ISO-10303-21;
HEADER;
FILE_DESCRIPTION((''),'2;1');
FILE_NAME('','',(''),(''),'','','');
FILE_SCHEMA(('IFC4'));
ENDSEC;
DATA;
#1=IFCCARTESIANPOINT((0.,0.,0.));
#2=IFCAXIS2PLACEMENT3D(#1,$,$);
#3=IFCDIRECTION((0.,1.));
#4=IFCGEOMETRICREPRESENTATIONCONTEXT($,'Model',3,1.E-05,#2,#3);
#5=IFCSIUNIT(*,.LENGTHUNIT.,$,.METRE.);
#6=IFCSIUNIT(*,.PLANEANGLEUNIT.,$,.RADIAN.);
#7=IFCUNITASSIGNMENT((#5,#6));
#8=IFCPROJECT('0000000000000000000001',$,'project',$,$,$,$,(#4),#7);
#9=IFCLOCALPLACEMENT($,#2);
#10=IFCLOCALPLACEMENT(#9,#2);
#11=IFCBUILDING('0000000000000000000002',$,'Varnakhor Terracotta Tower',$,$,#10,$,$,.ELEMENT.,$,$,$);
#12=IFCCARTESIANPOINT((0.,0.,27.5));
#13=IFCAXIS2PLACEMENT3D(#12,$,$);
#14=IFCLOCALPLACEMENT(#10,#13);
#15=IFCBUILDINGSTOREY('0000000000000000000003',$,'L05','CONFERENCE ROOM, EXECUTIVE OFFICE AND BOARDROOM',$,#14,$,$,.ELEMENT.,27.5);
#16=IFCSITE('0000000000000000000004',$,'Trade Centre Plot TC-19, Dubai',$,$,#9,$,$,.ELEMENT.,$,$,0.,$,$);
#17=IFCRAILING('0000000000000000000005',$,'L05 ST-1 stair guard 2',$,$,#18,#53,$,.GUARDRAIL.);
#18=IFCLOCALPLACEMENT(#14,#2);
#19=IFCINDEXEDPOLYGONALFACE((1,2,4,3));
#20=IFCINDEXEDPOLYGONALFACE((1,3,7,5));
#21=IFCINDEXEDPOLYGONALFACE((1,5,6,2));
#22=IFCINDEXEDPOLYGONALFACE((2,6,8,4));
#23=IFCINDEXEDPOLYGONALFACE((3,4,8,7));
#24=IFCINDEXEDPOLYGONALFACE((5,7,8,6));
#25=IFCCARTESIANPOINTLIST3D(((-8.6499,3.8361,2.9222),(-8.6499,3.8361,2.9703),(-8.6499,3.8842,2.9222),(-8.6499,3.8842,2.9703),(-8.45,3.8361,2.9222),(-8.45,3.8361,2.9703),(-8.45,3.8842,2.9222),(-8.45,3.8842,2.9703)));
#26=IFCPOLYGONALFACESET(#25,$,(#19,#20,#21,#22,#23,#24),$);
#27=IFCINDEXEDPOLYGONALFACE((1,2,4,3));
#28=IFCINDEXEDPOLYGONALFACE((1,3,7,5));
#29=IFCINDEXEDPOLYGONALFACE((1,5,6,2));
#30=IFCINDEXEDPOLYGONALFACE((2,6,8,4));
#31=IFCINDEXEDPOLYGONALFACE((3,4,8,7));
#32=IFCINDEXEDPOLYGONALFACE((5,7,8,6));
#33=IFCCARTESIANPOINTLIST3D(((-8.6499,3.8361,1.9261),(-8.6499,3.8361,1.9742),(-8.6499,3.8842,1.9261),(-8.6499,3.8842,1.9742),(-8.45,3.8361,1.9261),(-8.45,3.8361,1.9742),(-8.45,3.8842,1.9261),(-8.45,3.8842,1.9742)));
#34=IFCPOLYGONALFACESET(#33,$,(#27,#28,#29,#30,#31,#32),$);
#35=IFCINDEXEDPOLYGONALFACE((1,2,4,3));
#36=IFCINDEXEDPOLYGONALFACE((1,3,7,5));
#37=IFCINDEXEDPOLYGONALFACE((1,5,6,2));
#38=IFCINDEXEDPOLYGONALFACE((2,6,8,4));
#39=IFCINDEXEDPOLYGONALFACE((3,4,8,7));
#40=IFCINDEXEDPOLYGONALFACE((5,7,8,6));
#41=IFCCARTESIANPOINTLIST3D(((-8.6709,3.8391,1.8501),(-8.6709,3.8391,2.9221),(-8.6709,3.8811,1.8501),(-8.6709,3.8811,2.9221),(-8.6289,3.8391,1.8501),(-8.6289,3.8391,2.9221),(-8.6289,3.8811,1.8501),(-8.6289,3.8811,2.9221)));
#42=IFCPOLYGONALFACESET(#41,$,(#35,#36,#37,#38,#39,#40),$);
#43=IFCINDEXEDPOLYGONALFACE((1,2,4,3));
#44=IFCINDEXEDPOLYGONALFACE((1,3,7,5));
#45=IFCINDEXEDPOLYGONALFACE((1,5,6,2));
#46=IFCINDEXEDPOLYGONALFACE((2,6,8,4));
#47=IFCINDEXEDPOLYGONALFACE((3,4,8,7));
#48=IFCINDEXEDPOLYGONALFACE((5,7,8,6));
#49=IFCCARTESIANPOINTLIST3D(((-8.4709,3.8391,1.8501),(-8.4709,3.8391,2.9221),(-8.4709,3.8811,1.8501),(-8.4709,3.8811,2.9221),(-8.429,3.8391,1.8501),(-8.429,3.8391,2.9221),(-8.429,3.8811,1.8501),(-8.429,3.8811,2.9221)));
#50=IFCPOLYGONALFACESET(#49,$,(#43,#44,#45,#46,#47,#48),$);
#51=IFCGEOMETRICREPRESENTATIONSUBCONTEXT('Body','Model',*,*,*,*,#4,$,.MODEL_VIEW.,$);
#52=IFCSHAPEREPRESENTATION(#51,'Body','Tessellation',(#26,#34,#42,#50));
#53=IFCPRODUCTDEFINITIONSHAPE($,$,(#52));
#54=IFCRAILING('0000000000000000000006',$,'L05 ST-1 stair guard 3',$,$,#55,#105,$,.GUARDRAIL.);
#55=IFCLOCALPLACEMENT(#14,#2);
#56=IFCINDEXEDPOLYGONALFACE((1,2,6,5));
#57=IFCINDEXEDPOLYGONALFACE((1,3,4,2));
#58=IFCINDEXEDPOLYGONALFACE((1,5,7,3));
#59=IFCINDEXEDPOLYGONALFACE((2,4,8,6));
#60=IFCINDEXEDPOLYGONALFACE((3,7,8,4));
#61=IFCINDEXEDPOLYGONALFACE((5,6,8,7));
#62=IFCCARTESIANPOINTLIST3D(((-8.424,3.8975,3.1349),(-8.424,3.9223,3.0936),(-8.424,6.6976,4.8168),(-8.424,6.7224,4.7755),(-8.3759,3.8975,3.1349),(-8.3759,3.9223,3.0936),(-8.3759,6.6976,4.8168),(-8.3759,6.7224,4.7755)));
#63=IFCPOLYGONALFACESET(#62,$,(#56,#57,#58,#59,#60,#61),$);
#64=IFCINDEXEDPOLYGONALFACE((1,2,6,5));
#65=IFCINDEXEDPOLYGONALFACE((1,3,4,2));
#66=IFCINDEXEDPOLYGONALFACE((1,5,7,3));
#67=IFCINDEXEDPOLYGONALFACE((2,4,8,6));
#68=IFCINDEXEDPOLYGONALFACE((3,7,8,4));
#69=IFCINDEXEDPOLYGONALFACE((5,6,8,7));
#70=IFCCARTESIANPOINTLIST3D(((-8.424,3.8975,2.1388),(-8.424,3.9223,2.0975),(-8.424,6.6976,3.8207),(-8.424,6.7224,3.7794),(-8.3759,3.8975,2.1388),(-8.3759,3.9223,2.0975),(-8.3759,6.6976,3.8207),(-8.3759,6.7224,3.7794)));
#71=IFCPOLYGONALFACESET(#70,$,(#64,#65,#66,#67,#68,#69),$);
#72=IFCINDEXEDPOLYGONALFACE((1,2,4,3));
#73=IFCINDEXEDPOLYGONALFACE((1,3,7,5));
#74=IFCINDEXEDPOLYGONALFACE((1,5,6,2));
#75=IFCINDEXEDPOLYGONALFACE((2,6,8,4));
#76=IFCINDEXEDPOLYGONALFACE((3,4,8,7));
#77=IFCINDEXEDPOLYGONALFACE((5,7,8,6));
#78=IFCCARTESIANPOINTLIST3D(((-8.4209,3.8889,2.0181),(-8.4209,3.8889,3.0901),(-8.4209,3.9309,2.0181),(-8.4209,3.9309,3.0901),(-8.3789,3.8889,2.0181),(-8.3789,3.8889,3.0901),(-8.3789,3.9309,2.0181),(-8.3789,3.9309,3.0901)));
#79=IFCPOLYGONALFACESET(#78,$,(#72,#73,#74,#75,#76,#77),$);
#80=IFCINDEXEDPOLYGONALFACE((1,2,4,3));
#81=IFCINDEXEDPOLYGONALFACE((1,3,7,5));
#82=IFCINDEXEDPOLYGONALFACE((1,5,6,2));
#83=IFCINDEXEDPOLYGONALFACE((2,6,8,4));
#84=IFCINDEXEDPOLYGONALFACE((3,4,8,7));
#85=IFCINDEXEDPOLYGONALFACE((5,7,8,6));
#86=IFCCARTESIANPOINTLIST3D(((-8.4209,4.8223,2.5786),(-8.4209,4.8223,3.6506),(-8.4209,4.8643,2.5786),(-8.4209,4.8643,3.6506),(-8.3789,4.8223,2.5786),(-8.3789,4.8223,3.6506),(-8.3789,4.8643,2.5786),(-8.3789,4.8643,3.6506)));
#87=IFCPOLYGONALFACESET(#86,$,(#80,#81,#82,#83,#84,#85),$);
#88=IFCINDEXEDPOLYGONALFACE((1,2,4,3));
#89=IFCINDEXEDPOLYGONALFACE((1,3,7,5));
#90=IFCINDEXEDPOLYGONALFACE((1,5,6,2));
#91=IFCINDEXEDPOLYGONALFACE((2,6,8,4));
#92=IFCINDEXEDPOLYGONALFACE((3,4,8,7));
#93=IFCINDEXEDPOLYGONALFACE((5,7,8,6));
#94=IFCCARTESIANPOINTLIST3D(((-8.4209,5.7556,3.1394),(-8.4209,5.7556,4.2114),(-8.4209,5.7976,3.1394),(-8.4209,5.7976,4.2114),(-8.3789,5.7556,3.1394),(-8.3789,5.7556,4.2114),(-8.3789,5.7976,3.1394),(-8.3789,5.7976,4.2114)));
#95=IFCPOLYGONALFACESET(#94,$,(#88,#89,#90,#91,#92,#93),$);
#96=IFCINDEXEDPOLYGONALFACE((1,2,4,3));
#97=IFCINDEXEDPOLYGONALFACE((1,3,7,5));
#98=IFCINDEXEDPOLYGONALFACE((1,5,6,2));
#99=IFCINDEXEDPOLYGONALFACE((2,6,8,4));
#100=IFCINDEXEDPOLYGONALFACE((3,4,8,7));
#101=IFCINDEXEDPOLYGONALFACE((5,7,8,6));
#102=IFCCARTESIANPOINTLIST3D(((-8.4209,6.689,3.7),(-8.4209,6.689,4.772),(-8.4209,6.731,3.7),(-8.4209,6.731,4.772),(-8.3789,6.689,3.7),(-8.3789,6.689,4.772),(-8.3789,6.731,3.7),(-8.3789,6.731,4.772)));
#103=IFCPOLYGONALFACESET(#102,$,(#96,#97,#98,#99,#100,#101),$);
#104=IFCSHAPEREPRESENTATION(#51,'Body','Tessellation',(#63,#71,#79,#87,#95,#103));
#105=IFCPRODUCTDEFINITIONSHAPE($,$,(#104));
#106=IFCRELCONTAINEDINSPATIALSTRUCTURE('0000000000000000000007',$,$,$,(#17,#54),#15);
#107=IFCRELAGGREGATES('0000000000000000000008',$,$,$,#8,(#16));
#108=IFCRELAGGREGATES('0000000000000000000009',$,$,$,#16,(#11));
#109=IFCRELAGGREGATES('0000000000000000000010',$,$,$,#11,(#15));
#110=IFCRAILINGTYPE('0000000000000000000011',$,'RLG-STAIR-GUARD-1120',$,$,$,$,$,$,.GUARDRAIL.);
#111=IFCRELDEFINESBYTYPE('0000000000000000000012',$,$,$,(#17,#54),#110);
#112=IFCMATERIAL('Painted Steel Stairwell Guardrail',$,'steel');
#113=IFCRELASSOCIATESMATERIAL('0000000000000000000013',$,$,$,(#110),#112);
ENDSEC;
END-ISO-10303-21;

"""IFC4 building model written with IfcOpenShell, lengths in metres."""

from ifc_helpers import new_model, si_unit, direction, frame, origin, origin_2d, place, context, subcontext, project, spatial, rectangle, extrude, material, type_object, element, save


model = new_model("IFC4")

# Units and contexts
model_context = context("Model", 3, precision=1e-05, world=origin(), true_north=direction((0.0, 1.0)))
body_context = subcontext(model_context, "Body", "Model", "MODEL_VIEW")
ifc_project = project(units=[si_unit("LENGTHUNIT", "METRE"), si_unit("PLANEANGLEUNIT", "RADIAN")], contexts=[model_context])

# Site, building, storey
site_placement = place(None, origin())
site = spatial("IfcSite", under=ifc_project, at=site_placement, Name="Trade Centre Plot TC-19, Dubai", CompositionType="ELEMENT", RefElevation=0.0)
building_placement = place(site_placement, origin())
building = spatial("IfcBuilding", under=site, at=building_placement, Name="Varnakhor Terracotta Tower", CompositionType="ELEMENT")
storey_placement = place(building_placement, frame((0.0, 0.0, 27.5)))
storey = spatial("IfcBuildingStorey", under=building, at=storey_placement, Name="L05", Description="CONFERENCE ROOM, EXECUTIVE OFFICE AND BOARDROOM", CompositionType="ELEMENT", Elevation=27.5)

# Railings
ifc_material_1 = material(Name="Painted Steel Stairwell Guardrail", Category="steel")
railing_type = type_object("IfcRailingType", Name="RLG-STAIR-GUARD-1120", PredefinedType="GUARDRAIL", material=ifc_material_1)
railing_1_placement = place(storey_placement, frame((-8.6499, 3.8601, 1.8501)))
element("IfcRailing", 1, at=railing_1_placement, inside=storey, type_object=railing_type, Name="L05 ST-1 stair guard 2", PredefinedType="GUARDRAIL", context=body_context, shape_type="SweptSolid", body=[
    extrude(rectangle(XDim=0.0481, YDim=0.0481, at=origin_2d()), frame((0.0, 0.0, 1.0962), z_axis=(1.0, 0.0, 0.0), x_axis=(0.0, 1.0, 0.0)), (0.0, 0.0, 1.0), 0.2),
    extrude(rectangle(XDim=0.0481, YDim=0.0481, at=origin_2d()), frame((0.0, 0.0, 0.1001), z_axis=(1.0, 0.0, 0.0), x_axis=(0.0, 1.0, 0.0)), (0.0, 0.0, 1.0), 0.2),
    extrude(rectangle(XDim=0.042, YDim=0.042, at=origin_2d()), origin(), (0.0, 0.0, 1.0), 1.072),
    extrude(rectangle(XDim=0.042, YDim=0.042, at=origin_2d()), frame((0.2, 0.0, 0.0)), (0.0, 0.0, 1.0), 1.072),
])
railing_2_placement = place(storey_placement, frame((-8.3999, 3.9099, 2.0181)))
element("IfcRailing", 2, at=railing_2_placement, inside=storey, type_object=railing_type, Name="L05 ST-1 stair guard 3", PredefinedType="GUARDRAIL", context=body_context, shape_type="SweptSolid", body=[
    extrude(rectangle(XDim=0.0481, YDim=0.0481, at=origin_2d()), frame((0.0, 0.0, 1.0962), z_axis=(0.0, 0.857242, 0.514913), x_axis=(-1.0, 0.0, 0.0)), (0.0, 0.0, 1.0), 3.2664),
    extrude(rectangle(XDim=0.0481, YDim=0.0481, at=origin_2d()), frame((0.0, 0.0, 0.1001), z_axis=(0.0, 0.857242, 0.514913), x_axis=(-1.0, 0.0, 0.0)), (0.0, 0.0, 1.0), 3.2664),
    extrude(rectangle(XDim=0.042, YDim=0.042, at=origin_2d()), origin(), (0.0, 0.0, 1.0), 1.072),
    extrude(rectangle(XDim=0.042, YDim=0.042, at=origin_2d()), frame((0.0, 0.9333, 0.5605)), (0.0, 0.0, 1.0), 1.072),
    extrude(rectangle(XDim=0.042, YDim=0.042, at=origin_2d()), frame((0.0, 1.8667, 1.1213)), (0.0, 0.0, 1.0), 1.072),
    extrude(rectangle(XDim=0.042, YDim=0.042, at=origin_2d()), frame((0.0, 2.8, 1.6819)), (0.0, 0.0, 1.0), 1.072),
])

save(model, "model.ifc")
